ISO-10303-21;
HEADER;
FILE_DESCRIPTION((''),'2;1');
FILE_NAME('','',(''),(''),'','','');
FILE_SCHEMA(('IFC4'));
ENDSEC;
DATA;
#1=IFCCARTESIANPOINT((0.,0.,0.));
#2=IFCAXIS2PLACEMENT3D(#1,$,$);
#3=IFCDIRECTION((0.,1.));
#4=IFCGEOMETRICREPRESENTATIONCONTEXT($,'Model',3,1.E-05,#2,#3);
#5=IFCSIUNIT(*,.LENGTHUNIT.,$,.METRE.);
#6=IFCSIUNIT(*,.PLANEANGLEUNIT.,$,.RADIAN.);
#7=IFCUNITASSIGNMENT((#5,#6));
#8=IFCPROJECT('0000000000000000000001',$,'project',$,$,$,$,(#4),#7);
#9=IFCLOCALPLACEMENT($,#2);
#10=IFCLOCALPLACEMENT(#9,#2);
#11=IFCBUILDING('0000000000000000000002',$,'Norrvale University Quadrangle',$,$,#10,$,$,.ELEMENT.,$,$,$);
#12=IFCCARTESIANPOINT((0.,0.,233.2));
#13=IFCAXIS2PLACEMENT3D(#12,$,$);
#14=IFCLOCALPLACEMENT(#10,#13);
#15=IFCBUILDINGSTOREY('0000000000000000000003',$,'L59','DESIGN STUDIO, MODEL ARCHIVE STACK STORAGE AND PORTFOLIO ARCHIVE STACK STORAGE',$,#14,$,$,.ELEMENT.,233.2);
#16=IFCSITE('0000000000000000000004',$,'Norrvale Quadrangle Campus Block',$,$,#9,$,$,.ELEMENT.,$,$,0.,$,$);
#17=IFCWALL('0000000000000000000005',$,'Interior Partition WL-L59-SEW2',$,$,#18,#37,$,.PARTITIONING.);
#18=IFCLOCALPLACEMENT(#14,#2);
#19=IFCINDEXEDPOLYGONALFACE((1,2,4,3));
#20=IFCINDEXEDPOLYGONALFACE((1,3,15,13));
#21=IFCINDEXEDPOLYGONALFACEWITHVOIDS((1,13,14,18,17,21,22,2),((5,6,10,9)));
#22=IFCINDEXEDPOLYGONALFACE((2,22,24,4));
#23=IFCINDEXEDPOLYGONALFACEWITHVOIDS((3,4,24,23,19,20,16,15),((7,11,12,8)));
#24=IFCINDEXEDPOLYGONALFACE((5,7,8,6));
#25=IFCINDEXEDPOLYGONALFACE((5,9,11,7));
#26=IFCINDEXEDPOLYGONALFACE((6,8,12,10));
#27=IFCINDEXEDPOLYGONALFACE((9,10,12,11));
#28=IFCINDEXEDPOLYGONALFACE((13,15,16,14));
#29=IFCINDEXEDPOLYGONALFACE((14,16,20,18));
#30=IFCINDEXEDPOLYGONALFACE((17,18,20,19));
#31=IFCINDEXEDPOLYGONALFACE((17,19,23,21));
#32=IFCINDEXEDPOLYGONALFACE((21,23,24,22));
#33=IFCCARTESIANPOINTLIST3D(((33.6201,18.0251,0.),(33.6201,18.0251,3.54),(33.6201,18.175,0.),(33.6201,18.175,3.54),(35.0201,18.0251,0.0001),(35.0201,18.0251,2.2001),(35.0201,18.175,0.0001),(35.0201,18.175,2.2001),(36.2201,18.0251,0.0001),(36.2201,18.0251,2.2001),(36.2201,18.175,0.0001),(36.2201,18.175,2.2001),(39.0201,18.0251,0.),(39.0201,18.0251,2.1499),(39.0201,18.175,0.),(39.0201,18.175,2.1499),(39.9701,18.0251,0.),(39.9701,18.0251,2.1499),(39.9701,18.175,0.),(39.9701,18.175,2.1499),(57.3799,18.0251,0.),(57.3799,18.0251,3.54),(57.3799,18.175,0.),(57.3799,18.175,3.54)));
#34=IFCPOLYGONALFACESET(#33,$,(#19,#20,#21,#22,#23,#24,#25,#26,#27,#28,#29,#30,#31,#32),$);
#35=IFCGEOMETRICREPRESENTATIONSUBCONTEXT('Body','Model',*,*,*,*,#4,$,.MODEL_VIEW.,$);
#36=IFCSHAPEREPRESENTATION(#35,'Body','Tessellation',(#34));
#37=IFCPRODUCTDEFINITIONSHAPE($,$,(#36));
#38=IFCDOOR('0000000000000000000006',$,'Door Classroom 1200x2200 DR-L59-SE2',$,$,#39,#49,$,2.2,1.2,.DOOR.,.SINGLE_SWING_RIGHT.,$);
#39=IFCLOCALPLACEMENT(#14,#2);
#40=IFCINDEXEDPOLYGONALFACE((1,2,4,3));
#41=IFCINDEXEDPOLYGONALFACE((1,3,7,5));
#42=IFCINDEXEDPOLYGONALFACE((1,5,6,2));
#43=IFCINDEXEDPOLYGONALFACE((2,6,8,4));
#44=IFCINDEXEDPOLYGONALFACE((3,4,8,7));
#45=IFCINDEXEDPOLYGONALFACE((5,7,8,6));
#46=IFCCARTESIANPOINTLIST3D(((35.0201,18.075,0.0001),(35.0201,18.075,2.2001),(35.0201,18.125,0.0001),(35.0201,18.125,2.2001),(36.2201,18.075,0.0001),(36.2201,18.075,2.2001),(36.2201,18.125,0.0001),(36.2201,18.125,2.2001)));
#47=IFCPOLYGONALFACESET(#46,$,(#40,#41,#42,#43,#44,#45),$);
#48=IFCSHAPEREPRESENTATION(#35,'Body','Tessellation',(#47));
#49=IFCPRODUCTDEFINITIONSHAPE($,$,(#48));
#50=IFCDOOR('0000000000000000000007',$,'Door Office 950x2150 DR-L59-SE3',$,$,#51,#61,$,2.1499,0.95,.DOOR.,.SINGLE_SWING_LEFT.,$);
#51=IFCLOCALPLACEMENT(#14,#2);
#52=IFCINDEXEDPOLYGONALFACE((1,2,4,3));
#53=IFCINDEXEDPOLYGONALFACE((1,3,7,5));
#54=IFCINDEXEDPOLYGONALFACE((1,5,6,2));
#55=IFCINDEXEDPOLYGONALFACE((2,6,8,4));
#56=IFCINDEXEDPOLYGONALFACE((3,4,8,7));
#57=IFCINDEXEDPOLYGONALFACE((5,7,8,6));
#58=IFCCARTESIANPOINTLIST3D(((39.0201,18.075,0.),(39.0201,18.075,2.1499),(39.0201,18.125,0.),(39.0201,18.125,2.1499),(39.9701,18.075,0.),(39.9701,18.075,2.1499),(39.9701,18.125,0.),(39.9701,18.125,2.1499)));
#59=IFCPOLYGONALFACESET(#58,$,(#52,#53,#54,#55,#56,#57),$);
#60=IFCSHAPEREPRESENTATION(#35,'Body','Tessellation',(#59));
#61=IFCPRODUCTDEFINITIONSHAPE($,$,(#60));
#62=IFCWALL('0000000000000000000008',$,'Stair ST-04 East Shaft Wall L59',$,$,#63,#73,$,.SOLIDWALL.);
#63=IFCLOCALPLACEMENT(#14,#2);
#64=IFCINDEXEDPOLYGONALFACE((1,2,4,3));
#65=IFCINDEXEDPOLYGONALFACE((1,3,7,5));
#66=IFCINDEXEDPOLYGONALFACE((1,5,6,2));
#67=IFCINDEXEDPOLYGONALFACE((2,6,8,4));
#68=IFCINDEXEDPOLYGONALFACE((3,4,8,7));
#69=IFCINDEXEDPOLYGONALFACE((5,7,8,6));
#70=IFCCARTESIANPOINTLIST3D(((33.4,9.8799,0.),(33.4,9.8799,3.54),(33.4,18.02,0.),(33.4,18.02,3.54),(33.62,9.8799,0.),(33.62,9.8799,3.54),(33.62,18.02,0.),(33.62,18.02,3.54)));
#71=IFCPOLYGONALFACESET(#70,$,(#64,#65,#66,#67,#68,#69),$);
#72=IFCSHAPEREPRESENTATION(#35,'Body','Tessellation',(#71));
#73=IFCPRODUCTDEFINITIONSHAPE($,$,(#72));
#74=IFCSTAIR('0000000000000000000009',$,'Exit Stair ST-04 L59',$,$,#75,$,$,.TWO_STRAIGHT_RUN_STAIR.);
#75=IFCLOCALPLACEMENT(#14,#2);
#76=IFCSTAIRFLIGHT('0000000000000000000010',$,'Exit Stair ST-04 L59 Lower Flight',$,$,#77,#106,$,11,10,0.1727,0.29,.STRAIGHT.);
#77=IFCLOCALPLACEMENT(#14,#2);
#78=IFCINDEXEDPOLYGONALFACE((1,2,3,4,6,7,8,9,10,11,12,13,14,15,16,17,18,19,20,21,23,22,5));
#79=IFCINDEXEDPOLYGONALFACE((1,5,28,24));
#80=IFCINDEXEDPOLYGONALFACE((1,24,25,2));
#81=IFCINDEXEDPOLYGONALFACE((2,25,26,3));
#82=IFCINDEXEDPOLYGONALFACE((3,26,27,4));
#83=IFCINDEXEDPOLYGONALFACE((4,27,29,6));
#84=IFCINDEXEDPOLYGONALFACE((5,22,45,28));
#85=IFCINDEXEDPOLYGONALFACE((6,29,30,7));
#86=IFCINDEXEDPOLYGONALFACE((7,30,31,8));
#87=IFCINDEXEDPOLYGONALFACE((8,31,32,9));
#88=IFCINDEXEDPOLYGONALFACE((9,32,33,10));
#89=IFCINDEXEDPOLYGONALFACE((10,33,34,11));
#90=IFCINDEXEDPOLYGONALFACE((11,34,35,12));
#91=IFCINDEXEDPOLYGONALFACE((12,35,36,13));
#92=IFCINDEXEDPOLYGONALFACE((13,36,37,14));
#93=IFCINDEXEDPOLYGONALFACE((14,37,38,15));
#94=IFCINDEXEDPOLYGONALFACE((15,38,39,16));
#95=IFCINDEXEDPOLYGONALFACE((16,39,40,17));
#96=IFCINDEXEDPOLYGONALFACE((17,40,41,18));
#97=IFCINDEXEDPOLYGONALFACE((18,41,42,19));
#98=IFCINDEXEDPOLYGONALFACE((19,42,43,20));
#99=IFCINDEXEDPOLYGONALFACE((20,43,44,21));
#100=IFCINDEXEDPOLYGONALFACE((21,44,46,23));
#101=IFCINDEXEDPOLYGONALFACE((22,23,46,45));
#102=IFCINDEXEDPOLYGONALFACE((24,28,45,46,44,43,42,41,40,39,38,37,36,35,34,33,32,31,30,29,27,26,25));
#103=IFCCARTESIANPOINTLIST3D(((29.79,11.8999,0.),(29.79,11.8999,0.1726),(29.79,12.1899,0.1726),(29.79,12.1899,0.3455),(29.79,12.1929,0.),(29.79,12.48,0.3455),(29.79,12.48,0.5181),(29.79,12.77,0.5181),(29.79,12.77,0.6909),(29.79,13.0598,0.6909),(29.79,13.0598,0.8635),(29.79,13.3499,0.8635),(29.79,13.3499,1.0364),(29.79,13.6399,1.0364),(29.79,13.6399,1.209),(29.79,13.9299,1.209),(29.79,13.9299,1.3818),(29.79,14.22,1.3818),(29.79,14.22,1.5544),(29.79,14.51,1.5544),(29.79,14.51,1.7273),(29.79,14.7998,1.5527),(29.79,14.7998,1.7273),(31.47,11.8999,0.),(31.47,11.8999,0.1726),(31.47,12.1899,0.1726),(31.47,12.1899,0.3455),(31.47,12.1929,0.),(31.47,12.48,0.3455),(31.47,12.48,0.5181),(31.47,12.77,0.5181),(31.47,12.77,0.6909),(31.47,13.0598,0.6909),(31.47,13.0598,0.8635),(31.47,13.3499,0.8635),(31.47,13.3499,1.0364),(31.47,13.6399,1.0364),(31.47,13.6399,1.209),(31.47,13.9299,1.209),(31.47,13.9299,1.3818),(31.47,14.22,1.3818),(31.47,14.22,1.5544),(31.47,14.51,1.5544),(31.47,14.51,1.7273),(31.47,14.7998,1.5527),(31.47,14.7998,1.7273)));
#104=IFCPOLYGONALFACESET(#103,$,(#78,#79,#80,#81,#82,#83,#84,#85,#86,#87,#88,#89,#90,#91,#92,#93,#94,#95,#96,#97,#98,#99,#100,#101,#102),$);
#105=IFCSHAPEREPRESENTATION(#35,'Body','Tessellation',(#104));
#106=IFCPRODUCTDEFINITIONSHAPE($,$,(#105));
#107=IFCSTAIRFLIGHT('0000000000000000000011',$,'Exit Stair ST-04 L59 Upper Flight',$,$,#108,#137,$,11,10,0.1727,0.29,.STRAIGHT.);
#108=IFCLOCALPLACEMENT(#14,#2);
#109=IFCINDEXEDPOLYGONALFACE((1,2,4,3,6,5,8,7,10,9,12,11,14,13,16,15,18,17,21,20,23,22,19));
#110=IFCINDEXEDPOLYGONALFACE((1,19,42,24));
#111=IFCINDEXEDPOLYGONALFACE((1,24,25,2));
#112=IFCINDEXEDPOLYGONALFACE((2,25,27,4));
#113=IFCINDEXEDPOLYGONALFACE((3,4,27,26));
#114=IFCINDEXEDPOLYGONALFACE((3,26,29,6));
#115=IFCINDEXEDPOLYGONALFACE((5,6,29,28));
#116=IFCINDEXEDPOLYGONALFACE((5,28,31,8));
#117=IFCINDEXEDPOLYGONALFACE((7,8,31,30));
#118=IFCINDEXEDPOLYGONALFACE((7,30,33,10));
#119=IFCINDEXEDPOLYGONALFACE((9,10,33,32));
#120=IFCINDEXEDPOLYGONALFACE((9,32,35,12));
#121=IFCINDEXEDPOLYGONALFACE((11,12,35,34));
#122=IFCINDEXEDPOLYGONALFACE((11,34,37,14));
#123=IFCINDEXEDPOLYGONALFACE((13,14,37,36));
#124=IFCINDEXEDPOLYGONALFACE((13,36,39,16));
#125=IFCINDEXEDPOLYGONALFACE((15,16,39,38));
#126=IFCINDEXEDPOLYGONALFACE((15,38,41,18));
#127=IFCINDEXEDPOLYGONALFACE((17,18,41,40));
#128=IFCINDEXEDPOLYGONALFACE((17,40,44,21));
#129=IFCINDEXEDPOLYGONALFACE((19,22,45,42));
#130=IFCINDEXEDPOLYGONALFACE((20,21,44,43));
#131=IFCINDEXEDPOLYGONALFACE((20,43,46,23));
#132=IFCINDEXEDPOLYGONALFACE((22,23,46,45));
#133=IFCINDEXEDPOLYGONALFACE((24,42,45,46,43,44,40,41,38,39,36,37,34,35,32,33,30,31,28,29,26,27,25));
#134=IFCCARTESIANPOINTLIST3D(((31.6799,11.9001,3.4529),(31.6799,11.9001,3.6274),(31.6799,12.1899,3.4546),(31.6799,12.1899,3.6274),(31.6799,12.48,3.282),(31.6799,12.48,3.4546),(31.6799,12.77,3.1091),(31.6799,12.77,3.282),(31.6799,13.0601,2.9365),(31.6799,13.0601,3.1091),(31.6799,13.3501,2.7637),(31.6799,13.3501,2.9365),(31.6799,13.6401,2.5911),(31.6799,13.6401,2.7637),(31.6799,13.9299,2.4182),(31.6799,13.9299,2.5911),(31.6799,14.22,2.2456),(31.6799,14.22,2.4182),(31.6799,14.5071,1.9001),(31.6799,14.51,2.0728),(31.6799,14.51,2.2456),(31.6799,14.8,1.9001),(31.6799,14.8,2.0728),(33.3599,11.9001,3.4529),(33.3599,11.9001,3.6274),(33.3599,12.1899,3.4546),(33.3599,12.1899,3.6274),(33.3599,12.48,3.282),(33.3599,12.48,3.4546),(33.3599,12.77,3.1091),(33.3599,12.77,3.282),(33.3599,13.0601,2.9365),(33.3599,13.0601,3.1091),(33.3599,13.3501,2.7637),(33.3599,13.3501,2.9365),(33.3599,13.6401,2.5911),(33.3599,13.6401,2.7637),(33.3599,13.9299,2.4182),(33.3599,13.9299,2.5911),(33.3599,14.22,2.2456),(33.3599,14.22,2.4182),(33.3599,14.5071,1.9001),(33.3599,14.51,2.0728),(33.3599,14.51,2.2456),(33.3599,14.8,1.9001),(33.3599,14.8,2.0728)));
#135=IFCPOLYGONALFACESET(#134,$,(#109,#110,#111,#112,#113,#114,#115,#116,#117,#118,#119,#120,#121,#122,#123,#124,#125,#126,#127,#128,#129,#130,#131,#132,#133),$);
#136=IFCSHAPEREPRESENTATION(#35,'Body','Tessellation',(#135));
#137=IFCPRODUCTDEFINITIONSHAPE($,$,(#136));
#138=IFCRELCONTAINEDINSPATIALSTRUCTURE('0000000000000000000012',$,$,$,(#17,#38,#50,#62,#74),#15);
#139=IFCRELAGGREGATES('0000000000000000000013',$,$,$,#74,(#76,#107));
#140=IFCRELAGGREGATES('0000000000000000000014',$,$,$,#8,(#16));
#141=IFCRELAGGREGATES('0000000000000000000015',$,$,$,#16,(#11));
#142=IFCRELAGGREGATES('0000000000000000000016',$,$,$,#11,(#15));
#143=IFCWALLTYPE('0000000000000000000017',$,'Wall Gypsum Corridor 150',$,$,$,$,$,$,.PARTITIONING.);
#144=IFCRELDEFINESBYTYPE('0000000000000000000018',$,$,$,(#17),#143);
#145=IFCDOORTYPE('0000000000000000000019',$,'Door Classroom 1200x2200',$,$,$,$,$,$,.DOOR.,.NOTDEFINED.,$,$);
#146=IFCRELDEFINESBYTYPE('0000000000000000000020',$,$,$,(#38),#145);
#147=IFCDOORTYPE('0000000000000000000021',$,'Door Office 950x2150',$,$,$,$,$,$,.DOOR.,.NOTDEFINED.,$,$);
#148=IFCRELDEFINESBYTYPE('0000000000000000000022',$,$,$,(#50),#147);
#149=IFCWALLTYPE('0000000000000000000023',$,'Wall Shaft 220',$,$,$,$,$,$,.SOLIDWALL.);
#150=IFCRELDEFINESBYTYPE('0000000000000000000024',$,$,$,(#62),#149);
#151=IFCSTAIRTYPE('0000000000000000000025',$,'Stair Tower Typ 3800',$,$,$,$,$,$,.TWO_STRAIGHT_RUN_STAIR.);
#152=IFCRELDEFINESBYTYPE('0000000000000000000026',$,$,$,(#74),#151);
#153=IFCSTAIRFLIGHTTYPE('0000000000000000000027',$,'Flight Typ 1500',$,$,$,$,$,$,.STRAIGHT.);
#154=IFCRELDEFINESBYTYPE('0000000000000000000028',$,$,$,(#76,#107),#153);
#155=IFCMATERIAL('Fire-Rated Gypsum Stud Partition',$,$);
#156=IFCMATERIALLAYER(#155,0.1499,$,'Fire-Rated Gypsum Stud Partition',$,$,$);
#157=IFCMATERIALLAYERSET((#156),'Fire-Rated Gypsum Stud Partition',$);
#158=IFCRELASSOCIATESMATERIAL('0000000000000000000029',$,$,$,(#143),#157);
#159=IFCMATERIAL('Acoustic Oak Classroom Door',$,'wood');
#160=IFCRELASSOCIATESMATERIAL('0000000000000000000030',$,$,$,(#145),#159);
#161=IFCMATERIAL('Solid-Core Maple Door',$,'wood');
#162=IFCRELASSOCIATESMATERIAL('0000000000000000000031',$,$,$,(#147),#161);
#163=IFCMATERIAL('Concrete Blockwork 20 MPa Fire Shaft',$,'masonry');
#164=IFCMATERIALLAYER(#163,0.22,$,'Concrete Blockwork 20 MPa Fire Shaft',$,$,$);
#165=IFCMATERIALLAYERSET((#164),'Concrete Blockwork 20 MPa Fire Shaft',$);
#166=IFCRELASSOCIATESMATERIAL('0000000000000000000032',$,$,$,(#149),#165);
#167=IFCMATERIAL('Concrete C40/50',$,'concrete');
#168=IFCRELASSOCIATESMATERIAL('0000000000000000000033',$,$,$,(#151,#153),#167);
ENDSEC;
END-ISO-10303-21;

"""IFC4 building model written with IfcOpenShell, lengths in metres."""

from ifc_helpers import new_model, si_unit, direction, frame, frame_2d, origin, place, context, subcontext, project, spatial, polyline, rectangle, outline, extrude, material, layer, layer_set, type_object, element, fill, aggregate, save


model = new_model("IFC4")

# Units and contexts
model_context = context("Model", 3, precision=1e-05, world=origin(), true_north=direction((0.0, 1.0)))
body_context = subcontext(model_context, "Body", "Model", "MODEL_VIEW")
ifc_project = project(units=[si_unit("LENGTHUNIT", "METRE"), si_unit("PLANEANGLEUNIT", "RADIAN")], contexts=[model_context])

# Site, building, storey
site_placement = place(None, origin())
site = spatial("IfcSite", under=ifc_project, at=site_placement, Name="Norrvale Quadrangle Campus Block", CompositionType="ELEMENT", RefElevation=0.0)
building_placement = place(site_placement, origin())
building = spatial("IfcBuilding", under=site, at=building_placement, Name="Norrvale University Quadrangle", CompositionType="ELEMENT")
storey_placement = place(building_placement, frame((0.0, 0.0, 233.2)))
storey = spatial("IfcBuildingStorey", under=building, at=storey_placement, Name="L59", Description="DESIGN STUDIO, MODEL ARCHIVE STACK STORAGE AND PORTFOLIO ARCHIVE STACK STORAGE", CompositionType="ELEMENT", Elevation=233.2)

# Wall, openings, doors
ifc_material_1 = material(Name="Fire-Rated Gypsum Stud Partition")
ifc_layer_1 = layer(ifc_material_1, 0.1499, Name="Fire-Rated Gypsum Stud Partition")
ifc_layer_set_1 = layer_set([ifc_layer_1], Name="Fire-Rated Gypsum Stud Partition")
wall_type_1 = type_object("IfcWallType", Name="Wall Gypsum Corridor 150", PredefinedType="PARTITIONING", material=ifc_layer_set_1)
wall_1_placement = place(storey_placement, frame((33.6201, 18.1001, 0.0), z_axis=(0.0, 0.0, 1.0), x_axis=(1.0, 0.0, 0.0)))
wall_1 = element("IfcWall", 1, at=wall_1_placement, inside=storey, type_object=wall_type_1, Name="Interior Partition WL-L59-SEW2", PredefinedType="PARTITIONING", context=body_context, shape_type="SweptSolid", body=[
    extrude(rectangle(XDim=23.7598, YDim=0.1499, at=frame_2d((11.8799, 0.0))), origin(), (0.0, 0.0, 1.0), 3.54),
])
opening_1_placement = place(wall_1_placement, frame((1.3999, 0.0, 0.0)))
opening_1 = element("IfcOpeningElement", 2, at=opening_1_placement, cuts=wall_1, PredefinedType="OPENING", context=body_context, shape_type="SweptSolid", body=[
    extrude(rectangle(XDim=1.2, YDim=2.2, at=frame_2d((0.6001, 1.1001))), frame((0.0, 0.0869, 0.0), z_axis=(0.0, -1.0, 0.0), x_axis=(1.0, 0.0, 0.0)), (0.0, 0.0, 1.0), 0.1738),
])
opening_2_placement = place(wall_1_placement, frame((5.3999, 0.0, 0.0)))
opening_2 = element("IfcOpeningElement", 3, at=opening_2_placement, cuts=wall_1, PredefinedType="OPENING", context=body_context, shape_type="SweptSolid", body=[
    extrude(rectangle(XDim=0.95, YDim=2.1499, at=frame_2d((0.4751, 1.075))), frame((0.0, 0.0869, 0.0), z_axis=(0.0, -1.0, 0.0), x_axis=(1.0, 0.0, 0.0)), (0.0, 0.0, 1.0), 0.1738),
])
ifc_material_2 = material(Name="Acoustic Oak Classroom Door", Category="wood")
door_type_1 = type_object("IfcDoorType", Name="Door Classroom 1200x2200", OperationType="NOTDEFINED", PredefinedType="DOOR", material=ifc_material_2)
door_1_placement = place(opening_1_placement, origin())
door_1 = element("IfcDoor", 4, at=door_1_placement, inside=storey, type_object=door_type_1, Name="Door Classroom 1200x2200 DR-L59-SE2", OperationType="SINGLE_SWING_RIGHT", OverallHeight=2.2, OverallWidth=1.2, PredefinedType="DOOR", context=body_context, shape_type="SweptSolid", body=[
    extrude(rectangle(XDim=1.2, YDim=2.2, at=frame_2d((0.6001, 1.1001))), frame((0.0, 0.0249, 0.0), z_axis=(0.0, -1.0, 0.0), x_axis=(1.0, 0.0, 0.0)), (0.0, 0.0, 1.0), 0.05),
])
fill(opening_1, door_1)
ifc_material_3 = material(Name="Solid-Core Maple Door", Category="wood")
door_type_2 = type_object("IfcDoorType", Name="Door Office 950x2150", OperationType="NOTDEFINED", PredefinedType="DOOR", material=ifc_material_3)
door_2_placement = place(opening_2_placement, origin())
door_2 = element("IfcDoor", 5, at=door_2_placement, inside=storey, type_object=door_type_2, Name="Door Office 950x2150 DR-L59-SE3", OperationType="SINGLE_SWING_LEFT", OverallHeight=2.1499, OverallWidth=0.95, PredefinedType="DOOR", context=body_context, shape_type="SweptSolid", body=[
    extrude(rectangle(XDim=0.95, YDim=2.1499, at=frame_2d((0.4751, 1.075))), frame((0.0, 0.0249, 0.0), z_axis=(0.0, -1.0, 0.0), x_axis=(1.0, 0.0, 0.0)), (0.0, 0.0, 1.0), 0.05),
])
fill(opening_2, door_2)

# Wall
ifc_material_4 = material(Name="Concrete Blockwork 20 MPa Fire Shaft", Category="masonry")
ifc_layer_2 = layer(ifc_material_4, 0.22, Name="Concrete Blockwork 20 MPa Fire Shaft")
ifc_layer_set_2 = layer_set([ifc_layer_2], Name="Concrete Blockwork 20 MPa Fire Shaft")
wall_type_2 = type_object("IfcWallType", Name="Wall Shaft 220", PredefinedType="SOLIDWALL", material=ifc_layer_set_2)
wall_2_placement = place(storey_placement, frame((33.51, 9.8799, 0.0), z_axis=(0.0, 0.0, 1.0), x_axis=(0.0, 1.0, 0.0)))
element("IfcWall", 6, at=wall_2_placement, inside=storey, type_object=wall_type_2, Name="Stair ST-04 East Shaft Wall L59", PredefinedType="SOLIDWALL", context=body_context, shape_type="SweptSolid", body=[
    extrude(rectangle(XDim=8.1401, YDim=0.22, at=frame_2d((4.0701, 0.0))), origin(), (0.0, 0.0, 1.0), 3.54),
])

# Stair, stair flights
ifc_material_5 = material(Name="Concrete C40/50", Category="concrete")
stair_type = type_object("IfcStairType", Name="Stair Tower Typ 3800", PredefinedType="TWO_STRAIGHT_RUN_STAIR", material=ifc_material_5)
stair_placement = place(storey_placement, origin())
stair = element("IfcStair", 7, at=stair_placement, inside=storey, type_object=stair_type, Name="Exit Stair ST-04 L59", PredefinedType="TWO_STRAIGHT_RUN_STAIR")
stair_flight_type = type_object("IfcStairFlightType", Name="Flight Typ 1500", PredefinedType="STRAIGHT", material=ifc_material_5)
stair_flight_1_placement = place(storey_placement, frame((30.6299, 11.8999, 0.0), z_axis=(0.0, 0.0, 1.0), x_axis=(0.0, 1.0, 0.0)))
stair_flight_1 = element("IfcStairFlight", 8, at=stair_flight_1_placement, type_object=stair_flight_type, Name="Exit Stair ST-04 L59 Lower Flight", NumberOfRisers=11, NumberOfTreads=10, PredefinedType="STRAIGHT", RiserHeight=0.1727, TreadLength=0.29, context=body_context, shape_type="SweptSolid", body=[
    extrude(outline(polyline([(0.0, 0.0), (0.0, 0.1726), (0.29, 0.1726), (0.29, 0.3455), (0.5801, 0.3455), (0.5801, 0.5181), (0.8701, 0.5181), (0.8701, 0.6909), (1.1599, 0.6909), (1.1599, 0.8635), (1.45, 0.8635), (1.45, 1.0364), (1.74, 1.0364), (1.74, 1.209), (2.03, 1.209), (2.03, 1.3818), (2.3201, 1.3818), (2.3201, 1.5544), (2.6101, 1.5544), (2.6101, 1.7273), (2.8999, 1.7273), (2.8999, 1.8999), (2.8999, 1.5527), (0.293, 0.0), (0.0, 0.0)])), frame((0.0, 0.8398, 0.0), z_axis=(0.0, -1.0, 0.0), x_axis=(1.0, 0.0, 0.0)), (0.0, 0.0, 1.0), 1.6799),
])
stair_flight_2_placement = place(storey_placement, frame((32.52, 14.8, 1.9001), z_axis=(0.0, 0.0, 1.0), x_axis=(0.0, -1.0, 0.0)))
stair_flight_2 = element("IfcStairFlight", 9, at=stair_flight_2_placement, type_object=stair_flight_type, Name="Exit Stair ST-04 L59 Upper Flight", NumberOfRisers=11, NumberOfTreads=10, PredefinedType="STRAIGHT", RiserHeight=0.1727, TreadLength=0.29, context=body_context, shape_type="SweptSolid", body=[
    extrude(outline(polyline([(0.0, 0.0), (0.0, 0.1726), (0.29, 0.1726), (0.29, 0.3455), (0.5801, 0.3455), (0.5801, 0.5181), (0.8701, 0.5181), (0.8701, 0.6909), (1.1599, 0.6909), (1.1599, 0.8635), (1.45, 0.8635), (1.45, 1.0364), (1.74, 1.0364), (1.74, 1.209), (2.03, 1.209), (2.03, 1.3818), (2.3201, 1.3818), (2.3201, 1.5544), (2.6101, 1.5544), (2.6101, 1.7273), (2.8999, 1.7273), (2.8999, 1.8999), (2.8999, 1.5527), (0.293, 0.0), (0.0, 0.0)])), frame((0.0, 0.8398, 0.0), z_axis=(0.0, -1.0, 0.0), x_axis=(1.0, 0.0, 0.0)), (0.0, 0.0, 1.0), 1.6799),
])
aggregate(stair, [stair_flight_1, stair_flight_2])

save(model, "model.ifc")
